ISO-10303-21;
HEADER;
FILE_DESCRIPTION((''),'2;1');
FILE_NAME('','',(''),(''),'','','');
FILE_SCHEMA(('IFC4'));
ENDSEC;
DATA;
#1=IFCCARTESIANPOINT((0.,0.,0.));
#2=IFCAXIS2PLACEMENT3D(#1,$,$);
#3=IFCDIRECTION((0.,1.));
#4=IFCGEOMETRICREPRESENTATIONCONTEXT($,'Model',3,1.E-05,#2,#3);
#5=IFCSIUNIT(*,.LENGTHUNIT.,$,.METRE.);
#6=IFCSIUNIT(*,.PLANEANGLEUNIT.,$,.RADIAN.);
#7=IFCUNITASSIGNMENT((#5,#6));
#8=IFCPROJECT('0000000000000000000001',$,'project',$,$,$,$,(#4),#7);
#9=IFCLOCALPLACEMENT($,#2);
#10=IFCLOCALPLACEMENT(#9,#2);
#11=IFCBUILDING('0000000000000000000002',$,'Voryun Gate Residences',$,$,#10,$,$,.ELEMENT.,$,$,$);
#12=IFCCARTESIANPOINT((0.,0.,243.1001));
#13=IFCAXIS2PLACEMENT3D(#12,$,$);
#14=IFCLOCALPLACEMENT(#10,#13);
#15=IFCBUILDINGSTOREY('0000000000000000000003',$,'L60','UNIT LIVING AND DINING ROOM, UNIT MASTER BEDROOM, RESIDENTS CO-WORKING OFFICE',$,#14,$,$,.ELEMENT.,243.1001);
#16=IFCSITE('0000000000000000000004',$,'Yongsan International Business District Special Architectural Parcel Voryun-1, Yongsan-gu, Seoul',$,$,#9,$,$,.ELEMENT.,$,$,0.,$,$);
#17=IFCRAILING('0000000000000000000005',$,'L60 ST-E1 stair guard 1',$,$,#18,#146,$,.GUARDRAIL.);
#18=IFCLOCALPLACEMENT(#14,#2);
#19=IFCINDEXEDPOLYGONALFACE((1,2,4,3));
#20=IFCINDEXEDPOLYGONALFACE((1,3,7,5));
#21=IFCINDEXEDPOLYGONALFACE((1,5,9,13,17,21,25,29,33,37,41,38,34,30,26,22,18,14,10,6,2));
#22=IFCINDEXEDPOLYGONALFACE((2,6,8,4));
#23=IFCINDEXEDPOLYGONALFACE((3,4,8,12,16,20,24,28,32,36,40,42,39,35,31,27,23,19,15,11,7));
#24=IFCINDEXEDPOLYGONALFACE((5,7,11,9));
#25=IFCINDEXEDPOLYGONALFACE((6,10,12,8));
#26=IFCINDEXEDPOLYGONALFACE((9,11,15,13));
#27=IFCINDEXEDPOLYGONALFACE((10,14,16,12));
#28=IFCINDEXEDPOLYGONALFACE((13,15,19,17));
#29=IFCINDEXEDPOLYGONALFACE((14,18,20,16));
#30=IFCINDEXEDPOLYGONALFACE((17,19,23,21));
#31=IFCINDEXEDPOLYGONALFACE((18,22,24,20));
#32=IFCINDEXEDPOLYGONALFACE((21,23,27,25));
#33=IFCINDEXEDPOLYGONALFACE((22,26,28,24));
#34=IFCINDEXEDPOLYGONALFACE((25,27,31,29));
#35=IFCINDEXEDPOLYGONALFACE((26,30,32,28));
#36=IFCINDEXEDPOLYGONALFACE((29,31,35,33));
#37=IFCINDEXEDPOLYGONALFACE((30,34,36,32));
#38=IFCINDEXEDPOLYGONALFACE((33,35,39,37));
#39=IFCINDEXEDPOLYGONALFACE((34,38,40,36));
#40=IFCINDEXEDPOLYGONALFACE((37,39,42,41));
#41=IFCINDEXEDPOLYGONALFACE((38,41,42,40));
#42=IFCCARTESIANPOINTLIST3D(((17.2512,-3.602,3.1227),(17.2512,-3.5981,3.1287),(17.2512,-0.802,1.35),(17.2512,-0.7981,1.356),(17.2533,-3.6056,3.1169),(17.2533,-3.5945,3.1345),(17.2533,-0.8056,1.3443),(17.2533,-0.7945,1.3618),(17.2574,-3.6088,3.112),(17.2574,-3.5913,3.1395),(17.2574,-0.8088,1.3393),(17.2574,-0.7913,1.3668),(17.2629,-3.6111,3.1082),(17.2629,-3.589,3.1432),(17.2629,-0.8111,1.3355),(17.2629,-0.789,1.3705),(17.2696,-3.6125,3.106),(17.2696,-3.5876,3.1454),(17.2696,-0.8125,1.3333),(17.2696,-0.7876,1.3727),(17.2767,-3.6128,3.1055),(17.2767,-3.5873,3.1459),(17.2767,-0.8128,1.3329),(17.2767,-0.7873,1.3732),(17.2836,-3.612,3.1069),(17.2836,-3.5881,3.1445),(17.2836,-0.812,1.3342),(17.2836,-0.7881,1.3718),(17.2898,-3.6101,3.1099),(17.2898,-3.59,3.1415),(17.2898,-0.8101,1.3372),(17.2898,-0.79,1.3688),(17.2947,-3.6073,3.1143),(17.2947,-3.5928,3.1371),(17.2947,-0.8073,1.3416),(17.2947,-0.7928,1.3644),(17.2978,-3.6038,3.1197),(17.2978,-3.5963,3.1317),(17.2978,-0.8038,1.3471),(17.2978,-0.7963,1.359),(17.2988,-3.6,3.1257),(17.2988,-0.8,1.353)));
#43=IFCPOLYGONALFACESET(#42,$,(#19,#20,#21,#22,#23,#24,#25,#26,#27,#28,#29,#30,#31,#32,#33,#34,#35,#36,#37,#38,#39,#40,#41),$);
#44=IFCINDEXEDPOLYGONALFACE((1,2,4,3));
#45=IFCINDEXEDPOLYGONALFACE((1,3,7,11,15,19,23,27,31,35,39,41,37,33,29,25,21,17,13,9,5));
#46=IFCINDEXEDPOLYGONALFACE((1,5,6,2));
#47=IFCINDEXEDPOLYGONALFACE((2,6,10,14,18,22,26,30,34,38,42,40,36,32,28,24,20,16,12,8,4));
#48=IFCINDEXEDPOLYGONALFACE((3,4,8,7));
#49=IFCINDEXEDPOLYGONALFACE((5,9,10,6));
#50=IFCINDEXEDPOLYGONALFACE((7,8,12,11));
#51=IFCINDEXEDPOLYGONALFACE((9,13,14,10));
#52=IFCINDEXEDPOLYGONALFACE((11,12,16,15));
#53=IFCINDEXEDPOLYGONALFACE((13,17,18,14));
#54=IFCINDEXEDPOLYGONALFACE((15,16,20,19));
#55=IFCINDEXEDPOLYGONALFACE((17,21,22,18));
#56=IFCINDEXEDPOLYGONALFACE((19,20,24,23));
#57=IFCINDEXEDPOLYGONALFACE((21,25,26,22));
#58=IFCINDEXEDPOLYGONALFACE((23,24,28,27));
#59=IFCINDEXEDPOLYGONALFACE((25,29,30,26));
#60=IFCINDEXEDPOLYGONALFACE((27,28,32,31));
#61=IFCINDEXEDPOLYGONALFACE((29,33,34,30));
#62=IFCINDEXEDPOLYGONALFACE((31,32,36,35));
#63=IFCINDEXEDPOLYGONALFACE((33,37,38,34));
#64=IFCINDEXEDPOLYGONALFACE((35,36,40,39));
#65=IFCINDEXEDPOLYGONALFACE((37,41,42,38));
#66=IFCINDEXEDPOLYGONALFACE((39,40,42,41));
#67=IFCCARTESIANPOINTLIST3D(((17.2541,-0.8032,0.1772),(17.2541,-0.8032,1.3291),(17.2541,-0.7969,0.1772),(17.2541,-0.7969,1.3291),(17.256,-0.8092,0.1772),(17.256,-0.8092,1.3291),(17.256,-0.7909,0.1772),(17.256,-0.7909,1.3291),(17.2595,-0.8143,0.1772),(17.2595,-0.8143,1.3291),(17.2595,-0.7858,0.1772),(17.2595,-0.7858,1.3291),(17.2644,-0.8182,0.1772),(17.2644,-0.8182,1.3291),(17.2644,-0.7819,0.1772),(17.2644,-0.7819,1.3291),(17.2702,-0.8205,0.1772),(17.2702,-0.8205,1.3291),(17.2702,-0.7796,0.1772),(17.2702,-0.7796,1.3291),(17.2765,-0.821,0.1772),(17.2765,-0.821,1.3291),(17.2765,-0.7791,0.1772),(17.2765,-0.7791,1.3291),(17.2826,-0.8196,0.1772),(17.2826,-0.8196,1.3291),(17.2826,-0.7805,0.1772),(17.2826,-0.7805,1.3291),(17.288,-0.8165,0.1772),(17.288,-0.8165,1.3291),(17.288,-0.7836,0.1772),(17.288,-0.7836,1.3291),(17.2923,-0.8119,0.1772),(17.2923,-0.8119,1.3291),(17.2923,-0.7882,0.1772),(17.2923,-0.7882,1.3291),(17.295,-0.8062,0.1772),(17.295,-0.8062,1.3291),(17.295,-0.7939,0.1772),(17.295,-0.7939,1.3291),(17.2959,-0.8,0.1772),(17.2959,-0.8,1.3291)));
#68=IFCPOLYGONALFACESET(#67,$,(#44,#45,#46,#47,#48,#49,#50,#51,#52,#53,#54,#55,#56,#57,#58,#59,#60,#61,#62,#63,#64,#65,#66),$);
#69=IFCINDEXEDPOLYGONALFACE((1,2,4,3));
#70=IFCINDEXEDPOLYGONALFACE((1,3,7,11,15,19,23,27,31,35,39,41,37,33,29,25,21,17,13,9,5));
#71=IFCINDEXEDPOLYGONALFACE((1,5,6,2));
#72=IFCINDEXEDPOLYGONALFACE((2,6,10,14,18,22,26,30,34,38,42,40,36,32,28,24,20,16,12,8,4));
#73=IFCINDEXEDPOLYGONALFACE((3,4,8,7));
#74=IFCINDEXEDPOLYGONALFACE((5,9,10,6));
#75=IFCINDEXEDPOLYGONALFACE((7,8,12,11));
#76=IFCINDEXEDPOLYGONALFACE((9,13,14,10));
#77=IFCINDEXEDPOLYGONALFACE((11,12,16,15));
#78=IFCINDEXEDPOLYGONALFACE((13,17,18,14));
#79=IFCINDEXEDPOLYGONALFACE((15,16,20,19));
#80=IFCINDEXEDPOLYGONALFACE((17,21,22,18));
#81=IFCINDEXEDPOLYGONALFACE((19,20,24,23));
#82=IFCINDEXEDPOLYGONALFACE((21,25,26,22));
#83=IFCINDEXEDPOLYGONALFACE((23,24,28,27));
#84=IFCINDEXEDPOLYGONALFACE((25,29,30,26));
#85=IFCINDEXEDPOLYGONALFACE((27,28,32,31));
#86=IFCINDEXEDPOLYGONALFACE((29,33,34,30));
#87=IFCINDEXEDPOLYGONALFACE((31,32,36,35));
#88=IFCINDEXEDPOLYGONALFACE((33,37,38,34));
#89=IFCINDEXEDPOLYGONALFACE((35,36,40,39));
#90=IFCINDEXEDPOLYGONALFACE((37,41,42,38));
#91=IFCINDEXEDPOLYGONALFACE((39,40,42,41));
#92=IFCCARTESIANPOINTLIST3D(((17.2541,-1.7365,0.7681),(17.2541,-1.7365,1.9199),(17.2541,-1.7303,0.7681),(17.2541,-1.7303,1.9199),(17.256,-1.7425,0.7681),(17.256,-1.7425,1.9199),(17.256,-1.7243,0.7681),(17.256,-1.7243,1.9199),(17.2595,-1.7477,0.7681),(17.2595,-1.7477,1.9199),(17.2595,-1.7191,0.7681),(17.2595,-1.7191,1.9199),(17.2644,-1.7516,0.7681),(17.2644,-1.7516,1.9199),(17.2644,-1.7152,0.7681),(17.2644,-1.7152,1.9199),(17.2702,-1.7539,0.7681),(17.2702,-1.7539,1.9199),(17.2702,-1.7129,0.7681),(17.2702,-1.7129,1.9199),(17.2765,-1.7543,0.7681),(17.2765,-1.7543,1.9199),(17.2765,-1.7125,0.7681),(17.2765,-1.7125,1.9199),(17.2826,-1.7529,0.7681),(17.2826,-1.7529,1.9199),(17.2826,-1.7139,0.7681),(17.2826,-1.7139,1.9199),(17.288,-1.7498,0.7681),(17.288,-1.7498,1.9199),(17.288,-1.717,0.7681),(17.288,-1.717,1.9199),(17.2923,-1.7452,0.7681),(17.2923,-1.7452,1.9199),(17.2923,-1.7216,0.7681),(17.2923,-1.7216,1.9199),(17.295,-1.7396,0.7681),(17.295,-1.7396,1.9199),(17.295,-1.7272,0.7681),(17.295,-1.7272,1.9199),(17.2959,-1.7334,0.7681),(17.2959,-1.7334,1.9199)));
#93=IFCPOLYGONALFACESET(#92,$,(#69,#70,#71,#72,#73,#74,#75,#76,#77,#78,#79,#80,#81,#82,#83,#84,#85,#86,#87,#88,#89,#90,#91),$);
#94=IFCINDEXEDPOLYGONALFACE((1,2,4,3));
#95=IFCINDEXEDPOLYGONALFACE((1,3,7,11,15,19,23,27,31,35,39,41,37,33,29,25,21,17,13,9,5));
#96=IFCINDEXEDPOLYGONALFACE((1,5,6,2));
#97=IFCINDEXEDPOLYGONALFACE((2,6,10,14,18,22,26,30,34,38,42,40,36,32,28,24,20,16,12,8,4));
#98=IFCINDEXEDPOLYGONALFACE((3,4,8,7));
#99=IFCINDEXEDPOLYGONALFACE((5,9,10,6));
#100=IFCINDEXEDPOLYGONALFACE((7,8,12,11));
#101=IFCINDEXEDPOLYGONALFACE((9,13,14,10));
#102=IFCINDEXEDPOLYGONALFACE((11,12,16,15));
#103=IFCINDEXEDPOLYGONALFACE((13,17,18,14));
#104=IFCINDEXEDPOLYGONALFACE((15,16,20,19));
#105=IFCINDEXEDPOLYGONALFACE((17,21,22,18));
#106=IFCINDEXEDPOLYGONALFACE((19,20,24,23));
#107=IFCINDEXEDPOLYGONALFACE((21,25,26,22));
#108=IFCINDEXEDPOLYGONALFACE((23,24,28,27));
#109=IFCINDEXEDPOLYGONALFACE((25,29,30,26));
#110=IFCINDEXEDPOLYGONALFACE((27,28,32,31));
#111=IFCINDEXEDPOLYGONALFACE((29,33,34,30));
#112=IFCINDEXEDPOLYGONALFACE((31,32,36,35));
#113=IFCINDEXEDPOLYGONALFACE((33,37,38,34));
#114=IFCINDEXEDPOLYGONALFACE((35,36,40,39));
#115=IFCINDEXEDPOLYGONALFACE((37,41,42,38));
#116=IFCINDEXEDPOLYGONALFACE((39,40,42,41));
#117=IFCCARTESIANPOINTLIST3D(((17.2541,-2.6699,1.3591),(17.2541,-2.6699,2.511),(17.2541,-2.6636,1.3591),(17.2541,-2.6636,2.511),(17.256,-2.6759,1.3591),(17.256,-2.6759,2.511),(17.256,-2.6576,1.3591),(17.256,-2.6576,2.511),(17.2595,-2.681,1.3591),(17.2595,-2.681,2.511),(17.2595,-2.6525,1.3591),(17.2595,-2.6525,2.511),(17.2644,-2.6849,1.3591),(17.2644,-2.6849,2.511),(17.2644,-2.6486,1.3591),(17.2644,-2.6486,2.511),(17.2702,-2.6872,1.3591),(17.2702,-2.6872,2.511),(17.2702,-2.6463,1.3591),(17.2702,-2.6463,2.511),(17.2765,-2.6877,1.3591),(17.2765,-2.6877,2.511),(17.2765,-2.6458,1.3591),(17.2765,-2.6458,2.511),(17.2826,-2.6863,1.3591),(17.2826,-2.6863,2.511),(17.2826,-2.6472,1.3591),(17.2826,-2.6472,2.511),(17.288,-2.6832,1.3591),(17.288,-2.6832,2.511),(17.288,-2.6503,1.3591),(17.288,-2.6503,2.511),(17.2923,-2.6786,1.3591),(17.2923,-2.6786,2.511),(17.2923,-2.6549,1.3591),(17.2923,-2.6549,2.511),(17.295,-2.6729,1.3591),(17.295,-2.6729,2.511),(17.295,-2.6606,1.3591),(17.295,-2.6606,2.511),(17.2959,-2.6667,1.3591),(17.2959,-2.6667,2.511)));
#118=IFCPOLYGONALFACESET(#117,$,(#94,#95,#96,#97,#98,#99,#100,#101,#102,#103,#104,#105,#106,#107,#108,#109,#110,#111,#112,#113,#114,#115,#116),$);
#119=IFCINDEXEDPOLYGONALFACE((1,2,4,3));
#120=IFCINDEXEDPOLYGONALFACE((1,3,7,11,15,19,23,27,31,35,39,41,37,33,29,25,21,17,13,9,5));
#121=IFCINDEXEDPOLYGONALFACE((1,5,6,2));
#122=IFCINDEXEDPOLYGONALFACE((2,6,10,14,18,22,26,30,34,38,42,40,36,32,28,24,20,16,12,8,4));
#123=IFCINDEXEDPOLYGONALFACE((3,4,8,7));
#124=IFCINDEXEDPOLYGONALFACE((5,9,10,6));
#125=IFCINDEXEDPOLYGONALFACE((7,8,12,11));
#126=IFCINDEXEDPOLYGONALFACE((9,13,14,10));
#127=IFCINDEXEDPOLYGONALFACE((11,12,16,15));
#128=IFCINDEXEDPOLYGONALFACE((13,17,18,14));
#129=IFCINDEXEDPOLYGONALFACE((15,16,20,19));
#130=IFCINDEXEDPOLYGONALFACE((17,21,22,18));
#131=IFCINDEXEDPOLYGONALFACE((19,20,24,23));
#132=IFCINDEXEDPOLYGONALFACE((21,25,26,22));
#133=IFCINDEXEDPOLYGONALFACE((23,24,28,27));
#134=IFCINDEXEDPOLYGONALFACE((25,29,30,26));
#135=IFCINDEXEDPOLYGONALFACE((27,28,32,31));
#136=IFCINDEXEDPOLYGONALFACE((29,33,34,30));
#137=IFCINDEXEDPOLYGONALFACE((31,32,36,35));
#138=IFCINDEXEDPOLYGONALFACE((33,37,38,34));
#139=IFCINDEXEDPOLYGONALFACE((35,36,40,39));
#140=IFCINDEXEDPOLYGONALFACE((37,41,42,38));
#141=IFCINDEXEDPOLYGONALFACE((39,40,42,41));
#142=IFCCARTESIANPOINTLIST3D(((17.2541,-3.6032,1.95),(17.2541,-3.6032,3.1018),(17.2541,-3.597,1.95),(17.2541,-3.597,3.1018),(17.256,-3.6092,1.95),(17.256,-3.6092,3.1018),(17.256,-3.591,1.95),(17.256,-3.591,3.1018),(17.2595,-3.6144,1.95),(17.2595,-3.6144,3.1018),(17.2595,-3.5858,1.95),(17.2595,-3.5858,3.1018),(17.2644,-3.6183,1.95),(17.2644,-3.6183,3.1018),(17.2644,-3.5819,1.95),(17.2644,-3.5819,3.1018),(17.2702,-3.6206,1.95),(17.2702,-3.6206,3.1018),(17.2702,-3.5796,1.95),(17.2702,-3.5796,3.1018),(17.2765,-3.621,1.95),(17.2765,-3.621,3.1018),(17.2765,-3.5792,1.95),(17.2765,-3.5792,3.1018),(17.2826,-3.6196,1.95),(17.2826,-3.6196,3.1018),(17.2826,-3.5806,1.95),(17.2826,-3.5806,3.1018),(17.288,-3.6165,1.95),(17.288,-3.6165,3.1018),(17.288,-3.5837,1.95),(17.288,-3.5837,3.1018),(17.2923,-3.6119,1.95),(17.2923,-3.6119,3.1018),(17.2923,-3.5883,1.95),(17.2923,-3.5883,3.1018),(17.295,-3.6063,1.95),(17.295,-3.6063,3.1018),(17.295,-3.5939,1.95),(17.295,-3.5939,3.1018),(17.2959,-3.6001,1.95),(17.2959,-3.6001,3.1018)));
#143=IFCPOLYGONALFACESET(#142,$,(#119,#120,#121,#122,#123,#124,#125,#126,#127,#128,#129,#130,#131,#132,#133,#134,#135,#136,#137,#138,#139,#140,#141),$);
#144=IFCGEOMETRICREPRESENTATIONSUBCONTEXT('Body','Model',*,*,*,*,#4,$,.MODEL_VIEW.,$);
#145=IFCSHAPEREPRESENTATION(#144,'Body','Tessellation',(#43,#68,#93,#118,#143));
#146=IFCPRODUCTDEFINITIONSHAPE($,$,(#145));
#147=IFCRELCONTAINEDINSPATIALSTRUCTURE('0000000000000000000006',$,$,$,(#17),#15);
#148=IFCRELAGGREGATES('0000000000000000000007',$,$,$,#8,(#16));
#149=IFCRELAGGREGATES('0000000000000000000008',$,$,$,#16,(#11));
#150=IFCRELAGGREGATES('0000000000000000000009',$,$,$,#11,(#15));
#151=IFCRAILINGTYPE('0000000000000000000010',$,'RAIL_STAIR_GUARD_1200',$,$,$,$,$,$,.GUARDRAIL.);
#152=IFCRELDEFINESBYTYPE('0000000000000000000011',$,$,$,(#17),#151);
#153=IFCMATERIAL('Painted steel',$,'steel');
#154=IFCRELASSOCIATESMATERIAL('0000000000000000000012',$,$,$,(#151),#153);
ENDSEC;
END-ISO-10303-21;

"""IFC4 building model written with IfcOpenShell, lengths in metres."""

from ifc_helpers import new_model, si_unit, direction, frame, origin, origin_2d, place, context, subcontext, project, spatial, circle, extrude, material, type_object, element, save


model = new_model("IFC4")

# Units and contexts
model_context = context("Model", 3, precision=1e-05, world=origin(), true_north=direction((0.0, 1.0)))
body_context = subcontext(model_context, "Body", "Model", "MODEL_VIEW")
ifc_project = project(units=[si_unit("LENGTHUNIT", "METRE"), si_unit("PLANEANGLEUNIT", "RADIAN")], contexts=[model_context])

# Site, building, storey
site_placement = place(None, origin())
site = spatial("IfcSite", under=ifc_project, at=site_placement, Name="Yongsan International Business District Special Architectural Parcel Voryun-1, Yongsan-gu, Seoul", CompositionType="ELEMENT", RefElevation=0.0)
building_placement = place(site_placement, origin())
building = spatial("IfcBuilding", under=site, at=building_placement, Name="Voryun Gate Residences", CompositionType="ELEMENT")
storey_placement = place(building_placement, frame((0.0, 0.0, 243.1001)))
storey = spatial("IfcBuildingStorey", under=building, at=storey_placement, Name="L60", Description="UNIT LIVING AND DINING ROOM, UNIT MASTER BEDROOM, RESIDENTS CO-WORKING OFFICE", CompositionType="ELEMENT", Elevation=243.1001)

# Railing
ifc_material_1 = material(Name="Painted steel", Category="steel")
railing_type_1 = type_object("IfcRailingType", Name="RAIL_STAIR_GUARD_1200", PredefinedType="GUARDRAIL", material=ifc_material_1)
railing_1_placement = place(storey_placement, frame((17.2749, -0.8, 0.1772)))
element("IfcRailing", 1, at=railing_1_placement, inside=storey, type_object=railing_type_1, Name="L60 ST-E1 stair guard 1", PredefinedType="GUARDRAIL", context=body_context, shape_type="SweptSolid", body=[
    extrude(circle(Radius=0.0239, at=origin_2d()), frame((0.0, 0.0, 1.1758), z_axis=(0.0, -0.844909, 0.53491), x_axis=(1.0, 0.0, 0.0)), (0.0, 0.0, 1.0), 3.314),
    extrude(circle(Radius=0.021, at=origin_2d()), origin(), (0.0, 0.0, 1.0), 1.1519),
    extrude(circle(Radius=0.021, at=origin_2d()), frame((0.0, -0.9333, 0.5908)), (0.0, 0.0, 1.0), 1.1519),
    extrude(circle(Radius=0.021, at=origin_2d()), frame((0.0, -1.8667, 1.1819)), (0.0, 0.0, 1.0), 1.1519),
    extrude(circle(Radius=0.021, at=origin_2d()), frame((0.0, -2.8, 1.7727)), (0.0, 0.0, 1.0), 1.1519),
])

save(model, "model.ifc")
